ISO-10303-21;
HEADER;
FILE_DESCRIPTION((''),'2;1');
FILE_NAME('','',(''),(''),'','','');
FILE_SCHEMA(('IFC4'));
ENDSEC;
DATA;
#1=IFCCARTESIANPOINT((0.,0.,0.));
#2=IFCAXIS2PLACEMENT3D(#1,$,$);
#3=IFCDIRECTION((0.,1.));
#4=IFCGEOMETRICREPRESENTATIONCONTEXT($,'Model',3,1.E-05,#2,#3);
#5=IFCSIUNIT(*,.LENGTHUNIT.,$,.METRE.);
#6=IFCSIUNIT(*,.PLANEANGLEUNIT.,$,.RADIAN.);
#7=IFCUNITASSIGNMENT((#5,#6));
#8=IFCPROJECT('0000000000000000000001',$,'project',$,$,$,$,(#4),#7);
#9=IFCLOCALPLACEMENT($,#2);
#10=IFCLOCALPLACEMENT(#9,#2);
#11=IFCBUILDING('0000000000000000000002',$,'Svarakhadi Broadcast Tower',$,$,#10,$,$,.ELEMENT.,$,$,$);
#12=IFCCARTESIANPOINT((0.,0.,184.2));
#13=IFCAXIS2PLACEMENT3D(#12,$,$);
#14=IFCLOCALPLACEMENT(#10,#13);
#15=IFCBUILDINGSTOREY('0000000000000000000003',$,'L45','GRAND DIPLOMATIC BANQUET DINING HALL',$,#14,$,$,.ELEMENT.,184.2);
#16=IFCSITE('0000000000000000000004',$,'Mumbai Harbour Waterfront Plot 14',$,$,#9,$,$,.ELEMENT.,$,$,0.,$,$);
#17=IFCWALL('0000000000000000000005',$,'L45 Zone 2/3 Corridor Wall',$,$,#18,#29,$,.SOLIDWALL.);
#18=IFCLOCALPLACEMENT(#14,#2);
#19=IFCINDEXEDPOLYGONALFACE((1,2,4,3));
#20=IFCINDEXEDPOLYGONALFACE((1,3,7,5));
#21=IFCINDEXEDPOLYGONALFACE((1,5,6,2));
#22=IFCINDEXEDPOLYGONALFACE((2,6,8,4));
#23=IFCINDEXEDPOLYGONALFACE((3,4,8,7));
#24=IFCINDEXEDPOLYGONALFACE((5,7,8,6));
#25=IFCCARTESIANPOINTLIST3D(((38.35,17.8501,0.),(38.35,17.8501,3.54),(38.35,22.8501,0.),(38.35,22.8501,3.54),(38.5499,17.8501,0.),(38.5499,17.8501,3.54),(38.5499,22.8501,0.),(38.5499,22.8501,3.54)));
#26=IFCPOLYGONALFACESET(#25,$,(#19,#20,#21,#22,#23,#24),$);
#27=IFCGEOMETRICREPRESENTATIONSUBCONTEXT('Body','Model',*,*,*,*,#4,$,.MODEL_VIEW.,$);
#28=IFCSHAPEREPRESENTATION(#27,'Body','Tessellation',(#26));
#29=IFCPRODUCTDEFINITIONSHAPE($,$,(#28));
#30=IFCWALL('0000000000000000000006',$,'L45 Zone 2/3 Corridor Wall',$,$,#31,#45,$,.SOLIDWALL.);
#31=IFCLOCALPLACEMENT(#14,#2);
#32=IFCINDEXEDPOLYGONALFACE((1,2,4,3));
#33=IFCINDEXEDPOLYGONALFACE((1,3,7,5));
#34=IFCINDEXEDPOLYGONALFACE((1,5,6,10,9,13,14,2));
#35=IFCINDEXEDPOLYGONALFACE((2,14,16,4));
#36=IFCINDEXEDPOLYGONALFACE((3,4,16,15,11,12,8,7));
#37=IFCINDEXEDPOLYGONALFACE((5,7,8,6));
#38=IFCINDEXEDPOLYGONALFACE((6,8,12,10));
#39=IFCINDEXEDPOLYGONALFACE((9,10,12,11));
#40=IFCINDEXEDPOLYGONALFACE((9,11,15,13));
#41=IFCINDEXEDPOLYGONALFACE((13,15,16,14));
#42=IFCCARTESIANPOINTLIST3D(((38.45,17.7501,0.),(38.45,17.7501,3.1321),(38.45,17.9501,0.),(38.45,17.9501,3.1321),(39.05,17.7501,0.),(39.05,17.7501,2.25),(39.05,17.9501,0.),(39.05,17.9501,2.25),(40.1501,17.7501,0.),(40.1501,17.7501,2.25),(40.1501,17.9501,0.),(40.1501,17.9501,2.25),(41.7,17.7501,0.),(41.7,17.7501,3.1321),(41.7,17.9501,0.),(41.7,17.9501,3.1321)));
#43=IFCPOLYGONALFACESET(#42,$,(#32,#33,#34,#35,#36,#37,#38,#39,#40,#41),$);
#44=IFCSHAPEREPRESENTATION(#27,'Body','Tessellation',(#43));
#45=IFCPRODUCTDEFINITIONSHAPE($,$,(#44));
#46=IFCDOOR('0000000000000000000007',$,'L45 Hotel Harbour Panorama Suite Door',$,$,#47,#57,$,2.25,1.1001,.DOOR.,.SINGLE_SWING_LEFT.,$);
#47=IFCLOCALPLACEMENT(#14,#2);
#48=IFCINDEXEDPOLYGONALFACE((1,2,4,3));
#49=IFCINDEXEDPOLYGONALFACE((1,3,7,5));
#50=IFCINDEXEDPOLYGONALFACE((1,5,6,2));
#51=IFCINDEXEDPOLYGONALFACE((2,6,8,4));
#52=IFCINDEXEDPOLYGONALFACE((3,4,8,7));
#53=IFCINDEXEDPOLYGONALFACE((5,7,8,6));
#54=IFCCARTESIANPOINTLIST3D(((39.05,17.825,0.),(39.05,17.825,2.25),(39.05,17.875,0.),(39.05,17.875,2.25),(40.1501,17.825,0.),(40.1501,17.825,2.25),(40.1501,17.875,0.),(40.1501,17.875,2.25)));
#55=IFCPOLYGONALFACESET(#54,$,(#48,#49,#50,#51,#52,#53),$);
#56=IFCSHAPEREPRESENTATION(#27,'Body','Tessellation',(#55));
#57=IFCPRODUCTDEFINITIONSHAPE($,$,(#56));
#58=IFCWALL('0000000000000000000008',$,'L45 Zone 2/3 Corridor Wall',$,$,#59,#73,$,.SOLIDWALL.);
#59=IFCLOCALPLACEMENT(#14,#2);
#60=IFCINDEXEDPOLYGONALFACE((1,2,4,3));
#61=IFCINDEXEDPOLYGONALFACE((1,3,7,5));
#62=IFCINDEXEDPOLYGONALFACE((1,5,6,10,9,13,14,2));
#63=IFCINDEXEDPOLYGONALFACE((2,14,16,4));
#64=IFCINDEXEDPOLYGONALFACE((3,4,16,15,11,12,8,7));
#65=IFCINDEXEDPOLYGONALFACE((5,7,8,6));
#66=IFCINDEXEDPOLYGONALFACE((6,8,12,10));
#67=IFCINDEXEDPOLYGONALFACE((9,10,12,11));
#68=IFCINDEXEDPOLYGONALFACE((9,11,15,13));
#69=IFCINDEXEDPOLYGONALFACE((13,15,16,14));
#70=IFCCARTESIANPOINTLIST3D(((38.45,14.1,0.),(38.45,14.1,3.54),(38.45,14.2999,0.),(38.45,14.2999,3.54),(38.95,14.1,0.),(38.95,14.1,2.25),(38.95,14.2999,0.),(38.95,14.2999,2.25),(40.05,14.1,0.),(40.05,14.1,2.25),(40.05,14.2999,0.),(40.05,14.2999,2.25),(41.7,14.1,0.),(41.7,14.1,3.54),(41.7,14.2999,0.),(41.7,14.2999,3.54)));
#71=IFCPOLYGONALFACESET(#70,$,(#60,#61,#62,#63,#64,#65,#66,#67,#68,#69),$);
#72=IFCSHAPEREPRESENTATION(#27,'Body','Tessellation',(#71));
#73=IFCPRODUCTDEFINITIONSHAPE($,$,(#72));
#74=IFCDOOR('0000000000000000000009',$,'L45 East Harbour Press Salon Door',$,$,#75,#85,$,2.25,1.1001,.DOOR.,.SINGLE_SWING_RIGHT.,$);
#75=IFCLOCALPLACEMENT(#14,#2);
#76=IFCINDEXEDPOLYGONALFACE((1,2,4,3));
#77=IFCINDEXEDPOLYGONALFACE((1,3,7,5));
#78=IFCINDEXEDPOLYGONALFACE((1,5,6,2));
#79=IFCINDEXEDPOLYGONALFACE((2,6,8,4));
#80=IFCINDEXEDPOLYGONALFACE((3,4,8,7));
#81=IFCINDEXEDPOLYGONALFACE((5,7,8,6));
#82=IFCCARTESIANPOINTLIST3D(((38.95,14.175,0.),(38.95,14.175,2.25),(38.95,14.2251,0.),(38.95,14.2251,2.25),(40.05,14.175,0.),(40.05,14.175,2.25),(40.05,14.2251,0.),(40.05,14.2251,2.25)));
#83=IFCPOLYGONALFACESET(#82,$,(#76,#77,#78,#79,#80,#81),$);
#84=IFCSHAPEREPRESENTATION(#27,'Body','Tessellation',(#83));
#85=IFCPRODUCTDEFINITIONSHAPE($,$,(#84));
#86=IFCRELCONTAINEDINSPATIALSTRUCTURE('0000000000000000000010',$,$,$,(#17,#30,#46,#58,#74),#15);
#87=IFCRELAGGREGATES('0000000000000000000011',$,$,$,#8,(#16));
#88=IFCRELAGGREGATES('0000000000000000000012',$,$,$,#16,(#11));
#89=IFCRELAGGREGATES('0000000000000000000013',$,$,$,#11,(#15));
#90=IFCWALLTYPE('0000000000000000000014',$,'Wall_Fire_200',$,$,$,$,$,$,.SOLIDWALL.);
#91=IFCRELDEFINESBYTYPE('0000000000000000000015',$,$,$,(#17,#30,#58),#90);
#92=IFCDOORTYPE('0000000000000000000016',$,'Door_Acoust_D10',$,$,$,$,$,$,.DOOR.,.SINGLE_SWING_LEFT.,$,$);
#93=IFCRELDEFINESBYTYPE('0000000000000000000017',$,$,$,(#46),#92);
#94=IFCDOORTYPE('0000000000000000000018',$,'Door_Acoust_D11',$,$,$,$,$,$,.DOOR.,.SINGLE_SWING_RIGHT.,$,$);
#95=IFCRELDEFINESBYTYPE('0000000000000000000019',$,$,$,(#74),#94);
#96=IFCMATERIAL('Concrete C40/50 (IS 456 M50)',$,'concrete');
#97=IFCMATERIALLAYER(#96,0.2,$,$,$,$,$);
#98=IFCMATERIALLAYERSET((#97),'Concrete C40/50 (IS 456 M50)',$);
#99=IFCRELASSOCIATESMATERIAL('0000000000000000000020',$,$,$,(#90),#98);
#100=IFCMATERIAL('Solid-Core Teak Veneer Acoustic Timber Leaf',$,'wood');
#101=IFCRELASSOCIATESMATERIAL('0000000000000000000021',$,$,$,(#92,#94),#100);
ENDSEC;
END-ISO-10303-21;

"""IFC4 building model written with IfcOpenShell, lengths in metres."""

from ifc_helpers import new_model, si_unit, direction, frame, frame_2d, origin, place, context, subcontext, project, spatial, rectangle, extrude, material, layer, layer_set, type_object, element, fill, save


model = new_model("IFC4")

# Units and contexts
model_context = context("Model", 3, precision=1e-05, world=origin(), true_north=direction((0.0, 1.0)))
body_context = subcontext(model_context, "Body", "Model", "MODEL_VIEW")
ifc_project = project(units=[si_unit("LENGTHUNIT", "METRE"), si_unit("PLANEANGLEUNIT", "RADIAN")], contexts=[model_context])

# Site, building, storey
site_placement = place(None, origin())
site = spatial("IfcSite", under=ifc_project, at=site_placement, Name="Mumbai Harbour Waterfront Plot 14", CompositionType="ELEMENT", RefElevation=0.0)
building_placement = place(site_placement, origin())
building = spatial("IfcBuilding", under=site, at=building_placement, Name="Svarakhadi Broadcast Tower", CompositionType="ELEMENT")
storey_placement = place(building_placement, frame((0.0, 0.0, 184.2)))
storey = spatial("IfcBuildingStorey", under=building, at=storey_placement, Name="L45", Description="GRAND DIPLOMATIC BANQUET DINING HALL", CompositionType="ELEMENT", Elevation=184.2)

# Wall
ifc_material_1 = material(Name="Concrete C40/50 (IS 456 M50)", Category="concrete")
ifc_layer_1 = layer(ifc_material_1, 0.2)
ifc_layer_set_1 = layer_set([ifc_layer_1], Name="Concrete C40/50 (IS 456 M50)")
wall_type_1 = type_object("IfcWallType", Name="Wall_Fire_200", PredefinedType="SOLIDWALL", material=ifc_layer_set_1)
wall_1_placement = place(storey_placement, frame((38.45, 22.8501, 0.0), z_axis=(0.0, 0.0, 1.0), x_axis=(0.0, -1.0, 0.0)))
element("IfcWall", 1, at=wall_1_placement, inside=storey, type_object=wall_type_1, Name="L45 Zone 2/3 Corridor Wall", PredefinedType="SOLIDWALL", context=body_context, shape_type="SweptSolid", body=[
    extrude(rectangle(XDim=5.0, YDim=0.2, at=frame_2d((2.5, 0.0))), origin(), (0.0, 0.0, 1.0), 3.54),
])

# Walls, openings, doors
wall_2_placement = place(storey_placement, frame((38.45, 17.8501, 0.0), z_axis=(0.0, 0.0, 1.0), x_axis=(1.0, 0.0, 0.0)))
wall_2 = element("IfcWall", 2, at=wall_2_placement, inside=storey, type_object=wall_type_1, Name="L45 Zone 2/3 Corridor Wall", PredefinedType="SOLIDWALL", context=body_context, shape_type="SweptSolid", body=[
    extrude(rectangle(XDim=3.25, YDim=0.2, at=frame_2d((1.625, 0.0))), origin(), (0.0, 0.0, 1.0), 3.1321),
])
opening_1_placement = place(wall_2_placement, frame((0.6001, 0.0, 0.0)))
opening_1 = element("IfcOpeningElement", 3, at=opening_1_placement, cuts=wall_2, PredefinedType="OPENING", context=body_context, shape_type="SweptSolid", body=[
    extrude(rectangle(XDim=1.1001, YDim=2.25, at=frame_2d((0.55, 1.125))), frame((0.0, 0.1099, 0.0), z_axis=(0.0, -1.0, 0.0), x_axis=(1.0, 0.0, 0.0)), (0.0, 0.0, 1.0), 0.22),
])
ifc_material_2 = material(Name="Solid-Core Teak Veneer Acoustic Timber Leaf", Category="wood")
door_type_1 = type_object("IfcDoorType", Name="Door_Acoust_D10", OperationType="SINGLE_SWING_LEFT", PredefinedType="DOOR", material=ifc_material_2)
door_1_placement = place(opening_1_placement, origin())
door_1 = element("IfcDoor", 4, at=door_1_placement, inside=storey, type_object=door_type_1, Name="L45 Hotel Harbour Panorama Suite Door", OperationType="SINGLE_SWING_LEFT", OverallHeight=2.25, OverallWidth=1.1001, PredefinedType="DOOR", context=body_context, shape_type="SweptSolid", body=[
    extrude(rectangle(XDim=1.1001, YDim=2.25, at=frame_2d((0.55, 1.125))), frame((0.0, 0.0249, 0.0), z_axis=(0.0, -1.0, 0.0), x_axis=(1.0, 0.0, 0.0)), (0.0, 0.0, 1.0), 0.05),
])
fill(opening_1, door_1)
wall_3_placement = place(storey_placement, frame((41.7, 14.2, 0.0), z_axis=(0.0, 0.0, 1.0), x_axis=(-1.0, 0.0, 0.0)))
wall_3 = element("IfcWall", 5, at=wall_3_placement, inside=storey, type_object=wall_type_1, Name="L45 Zone 2/3 Corridor Wall", PredefinedType="SOLIDWALL", context=body_context, shape_type="SweptSolid", body=[
    extrude(rectangle(XDim=3.25, YDim=0.2, at=frame_2d((1.625, 0.0))), origin(), (0.0, 0.0, 1.0), 3.54),
])
opening_2_placement = place(wall_3_placement, frame((1.6499, 0.0, 0.0)))
opening_2 = element("IfcOpeningElement", 6, at=opening_2_placement, cuts=wall_3, PredefinedType="OPENING", context=body_context, shape_type="SweptSolid", body=[
    extrude(rectangle(XDim=1.1001, YDim=2.25, at=frame_2d((0.55, 1.125))), frame((0.0, 0.1099, 0.0), z_axis=(0.0, -1.0, 0.0), x_axis=(1.0, 0.0, 0.0)), (0.0, 0.0, 1.0), 0.22),
])
door_type_2 = type_object("IfcDoorType", Name="Door_Acoust_D11", OperationType="SINGLE_SWING_RIGHT", PredefinedType="DOOR", material=ifc_material_2)
door_2_placement = place(opening_2_placement, origin())
door_2 = element("IfcDoor", 7, at=door_2_placement, inside=storey, type_object=door_type_2, Name="L45 East Harbour Press Salon Door", OperationType="SINGLE_SWING_RIGHT", OverallHeight=2.25, OverallWidth=1.1001, PredefinedType="DOOR", context=body_context, shape_type="SweptSolid", body=[
    extrude(rectangle(XDim=1.1001, YDim=2.25, at=frame_2d((0.55, 1.125))), frame((0.0, 0.0249, 0.0), z_axis=(0.0, -1.0, 0.0), x_axis=(1.0, 0.0, 0.0)), (0.0, 0.0, 1.0), 0.05),
])
fill(opening_2, door_2)

save(model, "model.ifc")
